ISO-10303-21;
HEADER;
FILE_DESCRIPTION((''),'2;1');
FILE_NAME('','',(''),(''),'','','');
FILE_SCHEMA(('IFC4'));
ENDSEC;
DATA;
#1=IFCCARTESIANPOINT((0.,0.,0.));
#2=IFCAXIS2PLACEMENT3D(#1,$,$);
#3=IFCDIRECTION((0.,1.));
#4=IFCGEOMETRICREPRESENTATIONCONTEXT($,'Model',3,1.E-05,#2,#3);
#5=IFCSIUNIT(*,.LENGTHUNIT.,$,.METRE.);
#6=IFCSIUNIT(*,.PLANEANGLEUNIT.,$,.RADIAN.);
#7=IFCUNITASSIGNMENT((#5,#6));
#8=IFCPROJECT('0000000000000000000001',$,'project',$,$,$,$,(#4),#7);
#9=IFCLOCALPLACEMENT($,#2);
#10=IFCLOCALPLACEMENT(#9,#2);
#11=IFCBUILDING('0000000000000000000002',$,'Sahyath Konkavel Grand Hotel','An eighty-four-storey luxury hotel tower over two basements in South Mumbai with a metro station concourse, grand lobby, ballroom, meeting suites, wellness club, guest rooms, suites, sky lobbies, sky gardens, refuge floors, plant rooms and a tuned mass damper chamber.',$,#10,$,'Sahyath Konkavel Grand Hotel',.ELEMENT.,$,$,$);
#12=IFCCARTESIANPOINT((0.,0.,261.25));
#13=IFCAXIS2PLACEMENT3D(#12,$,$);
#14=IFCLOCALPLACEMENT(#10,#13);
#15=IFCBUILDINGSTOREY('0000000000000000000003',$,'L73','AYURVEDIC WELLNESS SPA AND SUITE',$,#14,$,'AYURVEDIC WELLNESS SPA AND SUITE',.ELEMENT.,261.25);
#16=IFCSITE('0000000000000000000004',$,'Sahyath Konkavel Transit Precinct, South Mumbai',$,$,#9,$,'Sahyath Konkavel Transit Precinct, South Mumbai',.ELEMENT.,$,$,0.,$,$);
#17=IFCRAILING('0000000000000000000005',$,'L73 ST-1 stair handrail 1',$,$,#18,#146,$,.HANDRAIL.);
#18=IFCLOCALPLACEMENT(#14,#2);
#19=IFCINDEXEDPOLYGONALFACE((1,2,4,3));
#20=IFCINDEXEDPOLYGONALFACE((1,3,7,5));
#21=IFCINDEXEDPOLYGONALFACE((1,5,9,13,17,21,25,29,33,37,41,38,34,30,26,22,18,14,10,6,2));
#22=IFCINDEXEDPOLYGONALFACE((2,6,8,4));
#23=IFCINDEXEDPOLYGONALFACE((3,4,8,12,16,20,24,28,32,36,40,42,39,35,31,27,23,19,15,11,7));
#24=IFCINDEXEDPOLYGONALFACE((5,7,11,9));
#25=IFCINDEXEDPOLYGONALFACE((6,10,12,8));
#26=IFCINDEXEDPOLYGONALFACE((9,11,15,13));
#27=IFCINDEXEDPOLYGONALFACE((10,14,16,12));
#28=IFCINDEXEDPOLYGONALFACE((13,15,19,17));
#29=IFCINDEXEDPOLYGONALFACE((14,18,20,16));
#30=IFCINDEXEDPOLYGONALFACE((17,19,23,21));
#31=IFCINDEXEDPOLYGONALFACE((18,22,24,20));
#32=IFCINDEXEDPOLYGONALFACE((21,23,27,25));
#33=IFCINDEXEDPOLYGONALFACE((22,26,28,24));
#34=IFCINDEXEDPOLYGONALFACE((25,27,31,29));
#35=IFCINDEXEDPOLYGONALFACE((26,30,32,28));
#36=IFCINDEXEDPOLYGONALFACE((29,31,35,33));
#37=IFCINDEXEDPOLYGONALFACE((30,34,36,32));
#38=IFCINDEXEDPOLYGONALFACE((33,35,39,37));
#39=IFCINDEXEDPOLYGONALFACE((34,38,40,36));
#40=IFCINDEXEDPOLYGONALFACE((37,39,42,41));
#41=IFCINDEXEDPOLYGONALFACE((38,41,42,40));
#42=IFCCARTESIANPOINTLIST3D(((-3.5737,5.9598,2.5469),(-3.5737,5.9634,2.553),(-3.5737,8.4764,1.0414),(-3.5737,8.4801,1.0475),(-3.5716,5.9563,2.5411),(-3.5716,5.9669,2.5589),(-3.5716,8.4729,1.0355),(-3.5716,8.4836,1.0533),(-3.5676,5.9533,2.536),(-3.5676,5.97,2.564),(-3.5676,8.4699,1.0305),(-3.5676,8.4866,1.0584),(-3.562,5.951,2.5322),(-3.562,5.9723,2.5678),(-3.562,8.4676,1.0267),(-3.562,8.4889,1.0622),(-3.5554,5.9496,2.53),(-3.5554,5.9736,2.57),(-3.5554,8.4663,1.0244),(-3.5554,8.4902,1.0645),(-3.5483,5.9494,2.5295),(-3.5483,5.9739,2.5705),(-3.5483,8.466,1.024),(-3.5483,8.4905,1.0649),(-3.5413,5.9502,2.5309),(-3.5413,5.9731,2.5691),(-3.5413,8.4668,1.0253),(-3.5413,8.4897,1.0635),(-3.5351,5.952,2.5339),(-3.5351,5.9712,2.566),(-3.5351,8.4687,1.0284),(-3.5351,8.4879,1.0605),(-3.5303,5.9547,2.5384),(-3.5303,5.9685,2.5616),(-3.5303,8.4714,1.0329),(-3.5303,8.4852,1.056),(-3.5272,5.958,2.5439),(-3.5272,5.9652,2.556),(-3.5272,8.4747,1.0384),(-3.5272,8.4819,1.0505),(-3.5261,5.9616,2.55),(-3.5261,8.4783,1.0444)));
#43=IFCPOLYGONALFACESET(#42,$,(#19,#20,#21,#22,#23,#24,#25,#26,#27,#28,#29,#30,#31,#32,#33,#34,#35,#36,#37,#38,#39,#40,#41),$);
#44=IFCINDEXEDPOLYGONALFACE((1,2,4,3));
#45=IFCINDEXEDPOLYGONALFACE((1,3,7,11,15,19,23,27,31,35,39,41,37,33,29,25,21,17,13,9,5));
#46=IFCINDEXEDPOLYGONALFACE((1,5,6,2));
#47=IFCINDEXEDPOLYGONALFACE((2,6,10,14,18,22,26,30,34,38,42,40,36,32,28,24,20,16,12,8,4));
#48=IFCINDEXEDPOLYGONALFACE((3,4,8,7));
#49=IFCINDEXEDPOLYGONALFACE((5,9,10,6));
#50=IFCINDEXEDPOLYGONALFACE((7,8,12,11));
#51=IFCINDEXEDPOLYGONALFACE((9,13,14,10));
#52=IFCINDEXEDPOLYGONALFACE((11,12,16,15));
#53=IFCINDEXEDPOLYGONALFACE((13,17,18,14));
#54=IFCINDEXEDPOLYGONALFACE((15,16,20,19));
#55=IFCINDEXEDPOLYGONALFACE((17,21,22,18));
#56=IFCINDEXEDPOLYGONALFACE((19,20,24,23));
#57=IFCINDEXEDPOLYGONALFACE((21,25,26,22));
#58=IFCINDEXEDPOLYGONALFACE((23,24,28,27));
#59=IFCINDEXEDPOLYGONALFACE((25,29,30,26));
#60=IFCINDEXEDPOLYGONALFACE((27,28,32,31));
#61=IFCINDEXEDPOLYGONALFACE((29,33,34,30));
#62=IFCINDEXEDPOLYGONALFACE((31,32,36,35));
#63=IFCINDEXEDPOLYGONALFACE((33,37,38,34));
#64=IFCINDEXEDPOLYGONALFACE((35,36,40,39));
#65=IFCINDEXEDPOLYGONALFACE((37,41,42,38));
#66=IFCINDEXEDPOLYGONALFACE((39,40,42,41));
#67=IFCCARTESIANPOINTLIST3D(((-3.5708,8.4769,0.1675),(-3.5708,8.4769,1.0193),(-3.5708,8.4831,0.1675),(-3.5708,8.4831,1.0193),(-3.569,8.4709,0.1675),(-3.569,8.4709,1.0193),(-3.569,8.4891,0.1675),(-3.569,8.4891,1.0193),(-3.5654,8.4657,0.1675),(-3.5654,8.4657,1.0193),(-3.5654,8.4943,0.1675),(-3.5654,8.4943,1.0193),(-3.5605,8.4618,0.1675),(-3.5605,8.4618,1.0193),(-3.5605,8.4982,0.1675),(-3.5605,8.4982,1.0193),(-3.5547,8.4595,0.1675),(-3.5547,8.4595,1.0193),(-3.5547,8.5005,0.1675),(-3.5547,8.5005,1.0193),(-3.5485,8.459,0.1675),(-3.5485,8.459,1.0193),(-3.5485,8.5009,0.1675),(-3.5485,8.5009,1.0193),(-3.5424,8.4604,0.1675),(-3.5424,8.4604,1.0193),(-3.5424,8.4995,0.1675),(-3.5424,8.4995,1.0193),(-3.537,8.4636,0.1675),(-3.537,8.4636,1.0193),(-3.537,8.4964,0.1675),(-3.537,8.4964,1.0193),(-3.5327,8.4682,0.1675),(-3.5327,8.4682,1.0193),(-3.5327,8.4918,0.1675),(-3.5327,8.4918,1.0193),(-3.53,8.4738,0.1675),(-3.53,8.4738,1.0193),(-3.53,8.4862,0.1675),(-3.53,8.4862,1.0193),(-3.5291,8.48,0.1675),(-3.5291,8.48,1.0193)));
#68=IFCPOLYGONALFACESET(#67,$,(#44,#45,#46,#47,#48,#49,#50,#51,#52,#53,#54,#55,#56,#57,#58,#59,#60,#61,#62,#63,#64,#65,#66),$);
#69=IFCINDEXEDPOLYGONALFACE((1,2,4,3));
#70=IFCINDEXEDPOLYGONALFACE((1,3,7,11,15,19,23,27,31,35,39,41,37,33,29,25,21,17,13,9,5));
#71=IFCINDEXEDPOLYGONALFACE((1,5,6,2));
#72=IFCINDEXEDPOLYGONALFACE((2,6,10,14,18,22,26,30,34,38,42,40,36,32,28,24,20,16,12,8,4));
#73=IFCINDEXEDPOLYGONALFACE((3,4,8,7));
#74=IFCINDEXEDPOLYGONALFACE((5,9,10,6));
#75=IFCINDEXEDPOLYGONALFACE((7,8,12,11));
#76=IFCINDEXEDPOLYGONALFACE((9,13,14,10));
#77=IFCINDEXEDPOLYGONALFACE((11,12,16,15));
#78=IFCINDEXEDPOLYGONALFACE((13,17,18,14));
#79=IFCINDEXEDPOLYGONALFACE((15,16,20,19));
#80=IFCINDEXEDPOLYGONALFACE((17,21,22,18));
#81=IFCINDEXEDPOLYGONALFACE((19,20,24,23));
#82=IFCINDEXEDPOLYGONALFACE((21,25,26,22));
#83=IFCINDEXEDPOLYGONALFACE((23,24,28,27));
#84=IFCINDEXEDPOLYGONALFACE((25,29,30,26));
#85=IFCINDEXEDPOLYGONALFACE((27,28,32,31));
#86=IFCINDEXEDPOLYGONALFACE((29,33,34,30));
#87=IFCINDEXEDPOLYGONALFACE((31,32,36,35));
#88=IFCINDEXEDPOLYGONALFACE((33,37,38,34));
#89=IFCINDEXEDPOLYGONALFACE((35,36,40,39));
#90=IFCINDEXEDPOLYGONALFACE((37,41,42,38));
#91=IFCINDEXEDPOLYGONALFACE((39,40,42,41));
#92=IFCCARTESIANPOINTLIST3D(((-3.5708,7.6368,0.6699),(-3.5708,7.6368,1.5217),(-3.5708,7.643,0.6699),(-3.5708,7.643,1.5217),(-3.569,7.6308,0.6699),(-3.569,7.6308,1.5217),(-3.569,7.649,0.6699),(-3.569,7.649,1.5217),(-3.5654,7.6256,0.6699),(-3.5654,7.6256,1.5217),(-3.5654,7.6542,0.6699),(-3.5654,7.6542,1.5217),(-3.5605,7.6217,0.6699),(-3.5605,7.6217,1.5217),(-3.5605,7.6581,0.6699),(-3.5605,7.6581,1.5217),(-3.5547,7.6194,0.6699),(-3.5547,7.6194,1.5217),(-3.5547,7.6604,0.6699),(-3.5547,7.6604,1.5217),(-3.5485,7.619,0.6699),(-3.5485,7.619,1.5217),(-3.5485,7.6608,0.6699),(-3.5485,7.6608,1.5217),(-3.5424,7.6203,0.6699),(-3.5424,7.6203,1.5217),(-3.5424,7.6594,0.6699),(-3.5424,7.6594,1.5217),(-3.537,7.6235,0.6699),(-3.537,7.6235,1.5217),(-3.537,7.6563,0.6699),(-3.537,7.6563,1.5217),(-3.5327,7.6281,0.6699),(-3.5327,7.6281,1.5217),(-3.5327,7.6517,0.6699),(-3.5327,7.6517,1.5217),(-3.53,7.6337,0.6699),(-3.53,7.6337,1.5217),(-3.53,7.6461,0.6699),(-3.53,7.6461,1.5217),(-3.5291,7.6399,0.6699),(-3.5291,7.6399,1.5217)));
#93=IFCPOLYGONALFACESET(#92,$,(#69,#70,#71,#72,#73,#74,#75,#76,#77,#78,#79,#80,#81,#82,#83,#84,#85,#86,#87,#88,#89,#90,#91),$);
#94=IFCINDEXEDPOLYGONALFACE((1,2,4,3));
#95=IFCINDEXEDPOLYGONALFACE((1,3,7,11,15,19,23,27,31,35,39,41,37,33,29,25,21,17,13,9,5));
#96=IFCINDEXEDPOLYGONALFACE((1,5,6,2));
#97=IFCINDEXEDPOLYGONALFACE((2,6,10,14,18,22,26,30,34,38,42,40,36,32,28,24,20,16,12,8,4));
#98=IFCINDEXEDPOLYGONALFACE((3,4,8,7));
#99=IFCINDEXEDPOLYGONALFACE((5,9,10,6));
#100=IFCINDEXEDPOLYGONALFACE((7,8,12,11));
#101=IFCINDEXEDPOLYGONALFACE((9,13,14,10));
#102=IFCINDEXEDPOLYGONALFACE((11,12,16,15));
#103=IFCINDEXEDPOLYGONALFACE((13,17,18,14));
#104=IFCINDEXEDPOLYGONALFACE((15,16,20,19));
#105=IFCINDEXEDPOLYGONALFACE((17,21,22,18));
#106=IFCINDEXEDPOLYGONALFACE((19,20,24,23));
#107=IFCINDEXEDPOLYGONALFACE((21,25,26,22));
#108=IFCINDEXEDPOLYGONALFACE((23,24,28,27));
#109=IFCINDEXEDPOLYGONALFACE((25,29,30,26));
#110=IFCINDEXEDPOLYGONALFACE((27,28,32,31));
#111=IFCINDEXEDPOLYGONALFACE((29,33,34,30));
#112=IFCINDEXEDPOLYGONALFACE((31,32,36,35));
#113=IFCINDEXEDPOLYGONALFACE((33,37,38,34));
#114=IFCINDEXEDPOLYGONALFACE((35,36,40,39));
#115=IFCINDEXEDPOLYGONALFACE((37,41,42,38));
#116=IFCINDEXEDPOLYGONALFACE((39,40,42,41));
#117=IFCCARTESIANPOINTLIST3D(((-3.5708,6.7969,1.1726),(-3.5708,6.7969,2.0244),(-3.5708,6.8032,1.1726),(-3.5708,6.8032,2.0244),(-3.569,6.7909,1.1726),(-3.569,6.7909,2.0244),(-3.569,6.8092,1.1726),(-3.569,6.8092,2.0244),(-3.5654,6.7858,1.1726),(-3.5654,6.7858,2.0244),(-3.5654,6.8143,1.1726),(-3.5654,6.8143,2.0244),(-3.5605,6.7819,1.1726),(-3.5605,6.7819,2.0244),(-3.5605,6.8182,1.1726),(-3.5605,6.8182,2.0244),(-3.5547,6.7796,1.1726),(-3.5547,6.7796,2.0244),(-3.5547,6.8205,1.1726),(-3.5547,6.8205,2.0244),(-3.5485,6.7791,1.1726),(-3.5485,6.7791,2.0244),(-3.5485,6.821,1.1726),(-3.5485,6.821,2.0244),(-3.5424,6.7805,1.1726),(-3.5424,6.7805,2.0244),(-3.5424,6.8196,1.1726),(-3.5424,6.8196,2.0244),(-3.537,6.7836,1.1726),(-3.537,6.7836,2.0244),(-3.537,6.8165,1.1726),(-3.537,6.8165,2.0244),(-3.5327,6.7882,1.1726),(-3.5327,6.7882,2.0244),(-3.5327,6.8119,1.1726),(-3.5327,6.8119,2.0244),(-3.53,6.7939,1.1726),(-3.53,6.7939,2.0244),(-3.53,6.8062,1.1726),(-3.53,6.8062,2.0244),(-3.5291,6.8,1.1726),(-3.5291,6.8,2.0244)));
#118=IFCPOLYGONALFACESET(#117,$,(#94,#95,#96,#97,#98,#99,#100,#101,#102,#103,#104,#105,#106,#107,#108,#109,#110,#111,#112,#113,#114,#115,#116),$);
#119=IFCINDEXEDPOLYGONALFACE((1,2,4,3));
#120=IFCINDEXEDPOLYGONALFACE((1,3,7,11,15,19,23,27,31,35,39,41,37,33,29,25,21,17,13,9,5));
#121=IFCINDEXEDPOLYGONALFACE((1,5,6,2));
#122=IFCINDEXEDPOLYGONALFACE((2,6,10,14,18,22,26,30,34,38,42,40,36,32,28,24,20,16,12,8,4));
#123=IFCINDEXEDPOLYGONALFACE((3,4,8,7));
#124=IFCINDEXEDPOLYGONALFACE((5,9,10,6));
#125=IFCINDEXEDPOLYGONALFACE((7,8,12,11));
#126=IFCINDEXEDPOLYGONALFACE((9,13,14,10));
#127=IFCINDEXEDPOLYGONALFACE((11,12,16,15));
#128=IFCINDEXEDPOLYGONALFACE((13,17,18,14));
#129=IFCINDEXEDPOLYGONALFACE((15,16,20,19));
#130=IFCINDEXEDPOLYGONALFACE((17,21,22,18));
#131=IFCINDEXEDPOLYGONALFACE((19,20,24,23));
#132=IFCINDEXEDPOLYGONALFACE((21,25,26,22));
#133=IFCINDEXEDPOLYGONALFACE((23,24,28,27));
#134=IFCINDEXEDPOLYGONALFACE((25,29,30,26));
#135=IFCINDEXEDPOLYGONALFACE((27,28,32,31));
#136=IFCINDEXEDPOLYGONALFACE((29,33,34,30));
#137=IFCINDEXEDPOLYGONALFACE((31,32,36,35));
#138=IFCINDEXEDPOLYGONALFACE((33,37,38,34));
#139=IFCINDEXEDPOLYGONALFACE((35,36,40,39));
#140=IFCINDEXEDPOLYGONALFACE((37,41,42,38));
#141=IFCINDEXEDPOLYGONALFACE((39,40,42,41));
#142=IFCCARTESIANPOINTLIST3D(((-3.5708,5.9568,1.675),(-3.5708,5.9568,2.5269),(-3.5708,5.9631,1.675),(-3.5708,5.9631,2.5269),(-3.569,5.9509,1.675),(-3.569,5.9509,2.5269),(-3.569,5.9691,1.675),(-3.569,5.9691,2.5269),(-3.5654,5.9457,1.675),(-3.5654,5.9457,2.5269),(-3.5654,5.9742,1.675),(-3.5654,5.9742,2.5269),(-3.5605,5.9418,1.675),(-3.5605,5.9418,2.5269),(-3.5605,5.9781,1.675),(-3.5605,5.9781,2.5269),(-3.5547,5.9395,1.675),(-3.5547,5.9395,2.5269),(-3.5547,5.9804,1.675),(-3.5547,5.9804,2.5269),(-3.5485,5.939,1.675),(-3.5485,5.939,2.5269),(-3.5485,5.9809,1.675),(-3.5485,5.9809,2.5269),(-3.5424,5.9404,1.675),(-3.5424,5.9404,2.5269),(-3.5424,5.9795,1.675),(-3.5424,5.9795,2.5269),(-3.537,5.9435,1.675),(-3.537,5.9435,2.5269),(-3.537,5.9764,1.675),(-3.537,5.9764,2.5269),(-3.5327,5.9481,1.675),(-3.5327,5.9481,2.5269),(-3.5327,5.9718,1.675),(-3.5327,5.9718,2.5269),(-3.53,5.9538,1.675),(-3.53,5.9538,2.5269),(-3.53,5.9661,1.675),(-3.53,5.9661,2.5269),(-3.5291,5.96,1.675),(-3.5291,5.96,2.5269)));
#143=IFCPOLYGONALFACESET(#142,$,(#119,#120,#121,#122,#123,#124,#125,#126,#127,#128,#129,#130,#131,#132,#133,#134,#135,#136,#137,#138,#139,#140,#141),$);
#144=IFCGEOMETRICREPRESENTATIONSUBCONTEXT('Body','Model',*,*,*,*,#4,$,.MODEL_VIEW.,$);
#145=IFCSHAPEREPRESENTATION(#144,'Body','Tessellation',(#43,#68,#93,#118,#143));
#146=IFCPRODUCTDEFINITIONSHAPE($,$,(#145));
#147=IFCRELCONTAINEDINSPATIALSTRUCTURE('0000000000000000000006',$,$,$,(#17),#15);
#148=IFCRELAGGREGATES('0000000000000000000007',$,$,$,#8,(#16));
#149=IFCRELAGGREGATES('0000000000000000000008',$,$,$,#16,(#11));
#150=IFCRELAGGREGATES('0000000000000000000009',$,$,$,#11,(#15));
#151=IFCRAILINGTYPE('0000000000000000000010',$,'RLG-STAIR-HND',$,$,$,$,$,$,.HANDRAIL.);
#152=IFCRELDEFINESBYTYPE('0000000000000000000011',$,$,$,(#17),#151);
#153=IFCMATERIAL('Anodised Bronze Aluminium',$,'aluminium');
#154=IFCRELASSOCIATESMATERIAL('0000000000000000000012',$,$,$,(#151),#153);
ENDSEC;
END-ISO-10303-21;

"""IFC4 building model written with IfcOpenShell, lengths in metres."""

from ifc_helpers import new_model, si_unit, direction, frame, origin, origin_2d, place, context, subcontext, project, spatial, circle, extrude, material, type_object, element, save


model = new_model("IFC4")

# Units and contexts
model_context = context("Model", 3, precision=1e-05, world=origin(), true_north=direction((0.0, 1.0)))
body_context = subcontext(model_context, "Body", "Model", "MODEL_VIEW")
ifc_project = project(units=[si_unit("LENGTHUNIT", "METRE"), si_unit("PLANEANGLEUNIT", "RADIAN")], contexts=[model_context])

# Site, building, storey
site_placement = place(None, origin())
site = spatial("IfcSite", under=ifc_project, at=site_placement, Name="Sahyath Konkavel Transit Precinct, South Mumbai", LongName="Sahyath Konkavel Transit Precinct, South Mumbai", CompositionType="ELEMENT", RefElevation=0.0)
building_placement = place(site_placement, origin())
building = spatial("IfcBuilding", under=site, at=building_placement, Name="Sahyath Konkavel Grand Hotel", Description="An eighty-four-storey luxury hotel tower over two basements in South Mumbai with a metro station concourse, grand lobby, ballroom, meeting suites, wellness club, guest rooms, suites, sky lobbies, sky gardens, refuge floors, plant rooms and a tuned mass damper chamber.", LongName="Sahyath Konkavel Grand Hotel", CompositionType="ELEMENT")
storey_placement = place(building_placement, frame((0.0, 0.0, 261.25)))
storey = spatial("IfcBuildingStorey", under=building, at=storey_placement, Name="L73", Description="AYURVEDIC WELLNESS SPA AND SUITE", LongName="AYURVEDIC WELLNESS SPA AND SUITE", CompositionType="ELEMENT", Elevation=261.25)

# Shared definitions
ifc_material_1 = material(Name="Anodised Bronze Aluminium", Category="aluminium")

# Railing
railing_type_1 = type_object("IfcRailingType", Name="RLG-STAIR-HND", PredefinedType="HANDRAIL", material=ifc_material_1)
railing_1_placement = place(storey_placement, frame((-3.55, 8.48, 0.1675)))
element("IfcRailing", 1, at=railing_1_placement, inside=storey, type_object=railing_type_1, Name="L73 ST-1 stair handrail 1", PredefinedType="HANDRAIL", context=body_context, shape_type="SweptSolid", body=[
    extrude(circle(Radius=0.0239, at=origin_2d()), frame((0.0, -0.0017, 0.877), z_axis=(0.0, -0.85816, 0.513383), x_axis=(1.0, 0.0, 0.0)), (0.0, 0.0, 1.0), 2.9326),
    extrude(circle(Radius=0.021, at=origin_2d()), origin(), (0.0, 0.0, 1.0), 0.8518),
    extrude(circle(Radius=0.021, at=origin_2d()), frame((0.0, -0.8401, 0.5024)), (0.0, 0.0, 1.0), 0.8518),
    extrude(circle(Radius=0.021, at=origin_2d()), frame((0.0, -1.6799, 1.0051)), (0.0, 0.0, 1.0), 0.8518),
    extrude(circle(Radius=0.021, at=origin_2d()), frame((0.0, -2.52, 1.5076)), (0.0, 0.0, 1.0), 0.8518),
])

save(model, "model.ifc")
